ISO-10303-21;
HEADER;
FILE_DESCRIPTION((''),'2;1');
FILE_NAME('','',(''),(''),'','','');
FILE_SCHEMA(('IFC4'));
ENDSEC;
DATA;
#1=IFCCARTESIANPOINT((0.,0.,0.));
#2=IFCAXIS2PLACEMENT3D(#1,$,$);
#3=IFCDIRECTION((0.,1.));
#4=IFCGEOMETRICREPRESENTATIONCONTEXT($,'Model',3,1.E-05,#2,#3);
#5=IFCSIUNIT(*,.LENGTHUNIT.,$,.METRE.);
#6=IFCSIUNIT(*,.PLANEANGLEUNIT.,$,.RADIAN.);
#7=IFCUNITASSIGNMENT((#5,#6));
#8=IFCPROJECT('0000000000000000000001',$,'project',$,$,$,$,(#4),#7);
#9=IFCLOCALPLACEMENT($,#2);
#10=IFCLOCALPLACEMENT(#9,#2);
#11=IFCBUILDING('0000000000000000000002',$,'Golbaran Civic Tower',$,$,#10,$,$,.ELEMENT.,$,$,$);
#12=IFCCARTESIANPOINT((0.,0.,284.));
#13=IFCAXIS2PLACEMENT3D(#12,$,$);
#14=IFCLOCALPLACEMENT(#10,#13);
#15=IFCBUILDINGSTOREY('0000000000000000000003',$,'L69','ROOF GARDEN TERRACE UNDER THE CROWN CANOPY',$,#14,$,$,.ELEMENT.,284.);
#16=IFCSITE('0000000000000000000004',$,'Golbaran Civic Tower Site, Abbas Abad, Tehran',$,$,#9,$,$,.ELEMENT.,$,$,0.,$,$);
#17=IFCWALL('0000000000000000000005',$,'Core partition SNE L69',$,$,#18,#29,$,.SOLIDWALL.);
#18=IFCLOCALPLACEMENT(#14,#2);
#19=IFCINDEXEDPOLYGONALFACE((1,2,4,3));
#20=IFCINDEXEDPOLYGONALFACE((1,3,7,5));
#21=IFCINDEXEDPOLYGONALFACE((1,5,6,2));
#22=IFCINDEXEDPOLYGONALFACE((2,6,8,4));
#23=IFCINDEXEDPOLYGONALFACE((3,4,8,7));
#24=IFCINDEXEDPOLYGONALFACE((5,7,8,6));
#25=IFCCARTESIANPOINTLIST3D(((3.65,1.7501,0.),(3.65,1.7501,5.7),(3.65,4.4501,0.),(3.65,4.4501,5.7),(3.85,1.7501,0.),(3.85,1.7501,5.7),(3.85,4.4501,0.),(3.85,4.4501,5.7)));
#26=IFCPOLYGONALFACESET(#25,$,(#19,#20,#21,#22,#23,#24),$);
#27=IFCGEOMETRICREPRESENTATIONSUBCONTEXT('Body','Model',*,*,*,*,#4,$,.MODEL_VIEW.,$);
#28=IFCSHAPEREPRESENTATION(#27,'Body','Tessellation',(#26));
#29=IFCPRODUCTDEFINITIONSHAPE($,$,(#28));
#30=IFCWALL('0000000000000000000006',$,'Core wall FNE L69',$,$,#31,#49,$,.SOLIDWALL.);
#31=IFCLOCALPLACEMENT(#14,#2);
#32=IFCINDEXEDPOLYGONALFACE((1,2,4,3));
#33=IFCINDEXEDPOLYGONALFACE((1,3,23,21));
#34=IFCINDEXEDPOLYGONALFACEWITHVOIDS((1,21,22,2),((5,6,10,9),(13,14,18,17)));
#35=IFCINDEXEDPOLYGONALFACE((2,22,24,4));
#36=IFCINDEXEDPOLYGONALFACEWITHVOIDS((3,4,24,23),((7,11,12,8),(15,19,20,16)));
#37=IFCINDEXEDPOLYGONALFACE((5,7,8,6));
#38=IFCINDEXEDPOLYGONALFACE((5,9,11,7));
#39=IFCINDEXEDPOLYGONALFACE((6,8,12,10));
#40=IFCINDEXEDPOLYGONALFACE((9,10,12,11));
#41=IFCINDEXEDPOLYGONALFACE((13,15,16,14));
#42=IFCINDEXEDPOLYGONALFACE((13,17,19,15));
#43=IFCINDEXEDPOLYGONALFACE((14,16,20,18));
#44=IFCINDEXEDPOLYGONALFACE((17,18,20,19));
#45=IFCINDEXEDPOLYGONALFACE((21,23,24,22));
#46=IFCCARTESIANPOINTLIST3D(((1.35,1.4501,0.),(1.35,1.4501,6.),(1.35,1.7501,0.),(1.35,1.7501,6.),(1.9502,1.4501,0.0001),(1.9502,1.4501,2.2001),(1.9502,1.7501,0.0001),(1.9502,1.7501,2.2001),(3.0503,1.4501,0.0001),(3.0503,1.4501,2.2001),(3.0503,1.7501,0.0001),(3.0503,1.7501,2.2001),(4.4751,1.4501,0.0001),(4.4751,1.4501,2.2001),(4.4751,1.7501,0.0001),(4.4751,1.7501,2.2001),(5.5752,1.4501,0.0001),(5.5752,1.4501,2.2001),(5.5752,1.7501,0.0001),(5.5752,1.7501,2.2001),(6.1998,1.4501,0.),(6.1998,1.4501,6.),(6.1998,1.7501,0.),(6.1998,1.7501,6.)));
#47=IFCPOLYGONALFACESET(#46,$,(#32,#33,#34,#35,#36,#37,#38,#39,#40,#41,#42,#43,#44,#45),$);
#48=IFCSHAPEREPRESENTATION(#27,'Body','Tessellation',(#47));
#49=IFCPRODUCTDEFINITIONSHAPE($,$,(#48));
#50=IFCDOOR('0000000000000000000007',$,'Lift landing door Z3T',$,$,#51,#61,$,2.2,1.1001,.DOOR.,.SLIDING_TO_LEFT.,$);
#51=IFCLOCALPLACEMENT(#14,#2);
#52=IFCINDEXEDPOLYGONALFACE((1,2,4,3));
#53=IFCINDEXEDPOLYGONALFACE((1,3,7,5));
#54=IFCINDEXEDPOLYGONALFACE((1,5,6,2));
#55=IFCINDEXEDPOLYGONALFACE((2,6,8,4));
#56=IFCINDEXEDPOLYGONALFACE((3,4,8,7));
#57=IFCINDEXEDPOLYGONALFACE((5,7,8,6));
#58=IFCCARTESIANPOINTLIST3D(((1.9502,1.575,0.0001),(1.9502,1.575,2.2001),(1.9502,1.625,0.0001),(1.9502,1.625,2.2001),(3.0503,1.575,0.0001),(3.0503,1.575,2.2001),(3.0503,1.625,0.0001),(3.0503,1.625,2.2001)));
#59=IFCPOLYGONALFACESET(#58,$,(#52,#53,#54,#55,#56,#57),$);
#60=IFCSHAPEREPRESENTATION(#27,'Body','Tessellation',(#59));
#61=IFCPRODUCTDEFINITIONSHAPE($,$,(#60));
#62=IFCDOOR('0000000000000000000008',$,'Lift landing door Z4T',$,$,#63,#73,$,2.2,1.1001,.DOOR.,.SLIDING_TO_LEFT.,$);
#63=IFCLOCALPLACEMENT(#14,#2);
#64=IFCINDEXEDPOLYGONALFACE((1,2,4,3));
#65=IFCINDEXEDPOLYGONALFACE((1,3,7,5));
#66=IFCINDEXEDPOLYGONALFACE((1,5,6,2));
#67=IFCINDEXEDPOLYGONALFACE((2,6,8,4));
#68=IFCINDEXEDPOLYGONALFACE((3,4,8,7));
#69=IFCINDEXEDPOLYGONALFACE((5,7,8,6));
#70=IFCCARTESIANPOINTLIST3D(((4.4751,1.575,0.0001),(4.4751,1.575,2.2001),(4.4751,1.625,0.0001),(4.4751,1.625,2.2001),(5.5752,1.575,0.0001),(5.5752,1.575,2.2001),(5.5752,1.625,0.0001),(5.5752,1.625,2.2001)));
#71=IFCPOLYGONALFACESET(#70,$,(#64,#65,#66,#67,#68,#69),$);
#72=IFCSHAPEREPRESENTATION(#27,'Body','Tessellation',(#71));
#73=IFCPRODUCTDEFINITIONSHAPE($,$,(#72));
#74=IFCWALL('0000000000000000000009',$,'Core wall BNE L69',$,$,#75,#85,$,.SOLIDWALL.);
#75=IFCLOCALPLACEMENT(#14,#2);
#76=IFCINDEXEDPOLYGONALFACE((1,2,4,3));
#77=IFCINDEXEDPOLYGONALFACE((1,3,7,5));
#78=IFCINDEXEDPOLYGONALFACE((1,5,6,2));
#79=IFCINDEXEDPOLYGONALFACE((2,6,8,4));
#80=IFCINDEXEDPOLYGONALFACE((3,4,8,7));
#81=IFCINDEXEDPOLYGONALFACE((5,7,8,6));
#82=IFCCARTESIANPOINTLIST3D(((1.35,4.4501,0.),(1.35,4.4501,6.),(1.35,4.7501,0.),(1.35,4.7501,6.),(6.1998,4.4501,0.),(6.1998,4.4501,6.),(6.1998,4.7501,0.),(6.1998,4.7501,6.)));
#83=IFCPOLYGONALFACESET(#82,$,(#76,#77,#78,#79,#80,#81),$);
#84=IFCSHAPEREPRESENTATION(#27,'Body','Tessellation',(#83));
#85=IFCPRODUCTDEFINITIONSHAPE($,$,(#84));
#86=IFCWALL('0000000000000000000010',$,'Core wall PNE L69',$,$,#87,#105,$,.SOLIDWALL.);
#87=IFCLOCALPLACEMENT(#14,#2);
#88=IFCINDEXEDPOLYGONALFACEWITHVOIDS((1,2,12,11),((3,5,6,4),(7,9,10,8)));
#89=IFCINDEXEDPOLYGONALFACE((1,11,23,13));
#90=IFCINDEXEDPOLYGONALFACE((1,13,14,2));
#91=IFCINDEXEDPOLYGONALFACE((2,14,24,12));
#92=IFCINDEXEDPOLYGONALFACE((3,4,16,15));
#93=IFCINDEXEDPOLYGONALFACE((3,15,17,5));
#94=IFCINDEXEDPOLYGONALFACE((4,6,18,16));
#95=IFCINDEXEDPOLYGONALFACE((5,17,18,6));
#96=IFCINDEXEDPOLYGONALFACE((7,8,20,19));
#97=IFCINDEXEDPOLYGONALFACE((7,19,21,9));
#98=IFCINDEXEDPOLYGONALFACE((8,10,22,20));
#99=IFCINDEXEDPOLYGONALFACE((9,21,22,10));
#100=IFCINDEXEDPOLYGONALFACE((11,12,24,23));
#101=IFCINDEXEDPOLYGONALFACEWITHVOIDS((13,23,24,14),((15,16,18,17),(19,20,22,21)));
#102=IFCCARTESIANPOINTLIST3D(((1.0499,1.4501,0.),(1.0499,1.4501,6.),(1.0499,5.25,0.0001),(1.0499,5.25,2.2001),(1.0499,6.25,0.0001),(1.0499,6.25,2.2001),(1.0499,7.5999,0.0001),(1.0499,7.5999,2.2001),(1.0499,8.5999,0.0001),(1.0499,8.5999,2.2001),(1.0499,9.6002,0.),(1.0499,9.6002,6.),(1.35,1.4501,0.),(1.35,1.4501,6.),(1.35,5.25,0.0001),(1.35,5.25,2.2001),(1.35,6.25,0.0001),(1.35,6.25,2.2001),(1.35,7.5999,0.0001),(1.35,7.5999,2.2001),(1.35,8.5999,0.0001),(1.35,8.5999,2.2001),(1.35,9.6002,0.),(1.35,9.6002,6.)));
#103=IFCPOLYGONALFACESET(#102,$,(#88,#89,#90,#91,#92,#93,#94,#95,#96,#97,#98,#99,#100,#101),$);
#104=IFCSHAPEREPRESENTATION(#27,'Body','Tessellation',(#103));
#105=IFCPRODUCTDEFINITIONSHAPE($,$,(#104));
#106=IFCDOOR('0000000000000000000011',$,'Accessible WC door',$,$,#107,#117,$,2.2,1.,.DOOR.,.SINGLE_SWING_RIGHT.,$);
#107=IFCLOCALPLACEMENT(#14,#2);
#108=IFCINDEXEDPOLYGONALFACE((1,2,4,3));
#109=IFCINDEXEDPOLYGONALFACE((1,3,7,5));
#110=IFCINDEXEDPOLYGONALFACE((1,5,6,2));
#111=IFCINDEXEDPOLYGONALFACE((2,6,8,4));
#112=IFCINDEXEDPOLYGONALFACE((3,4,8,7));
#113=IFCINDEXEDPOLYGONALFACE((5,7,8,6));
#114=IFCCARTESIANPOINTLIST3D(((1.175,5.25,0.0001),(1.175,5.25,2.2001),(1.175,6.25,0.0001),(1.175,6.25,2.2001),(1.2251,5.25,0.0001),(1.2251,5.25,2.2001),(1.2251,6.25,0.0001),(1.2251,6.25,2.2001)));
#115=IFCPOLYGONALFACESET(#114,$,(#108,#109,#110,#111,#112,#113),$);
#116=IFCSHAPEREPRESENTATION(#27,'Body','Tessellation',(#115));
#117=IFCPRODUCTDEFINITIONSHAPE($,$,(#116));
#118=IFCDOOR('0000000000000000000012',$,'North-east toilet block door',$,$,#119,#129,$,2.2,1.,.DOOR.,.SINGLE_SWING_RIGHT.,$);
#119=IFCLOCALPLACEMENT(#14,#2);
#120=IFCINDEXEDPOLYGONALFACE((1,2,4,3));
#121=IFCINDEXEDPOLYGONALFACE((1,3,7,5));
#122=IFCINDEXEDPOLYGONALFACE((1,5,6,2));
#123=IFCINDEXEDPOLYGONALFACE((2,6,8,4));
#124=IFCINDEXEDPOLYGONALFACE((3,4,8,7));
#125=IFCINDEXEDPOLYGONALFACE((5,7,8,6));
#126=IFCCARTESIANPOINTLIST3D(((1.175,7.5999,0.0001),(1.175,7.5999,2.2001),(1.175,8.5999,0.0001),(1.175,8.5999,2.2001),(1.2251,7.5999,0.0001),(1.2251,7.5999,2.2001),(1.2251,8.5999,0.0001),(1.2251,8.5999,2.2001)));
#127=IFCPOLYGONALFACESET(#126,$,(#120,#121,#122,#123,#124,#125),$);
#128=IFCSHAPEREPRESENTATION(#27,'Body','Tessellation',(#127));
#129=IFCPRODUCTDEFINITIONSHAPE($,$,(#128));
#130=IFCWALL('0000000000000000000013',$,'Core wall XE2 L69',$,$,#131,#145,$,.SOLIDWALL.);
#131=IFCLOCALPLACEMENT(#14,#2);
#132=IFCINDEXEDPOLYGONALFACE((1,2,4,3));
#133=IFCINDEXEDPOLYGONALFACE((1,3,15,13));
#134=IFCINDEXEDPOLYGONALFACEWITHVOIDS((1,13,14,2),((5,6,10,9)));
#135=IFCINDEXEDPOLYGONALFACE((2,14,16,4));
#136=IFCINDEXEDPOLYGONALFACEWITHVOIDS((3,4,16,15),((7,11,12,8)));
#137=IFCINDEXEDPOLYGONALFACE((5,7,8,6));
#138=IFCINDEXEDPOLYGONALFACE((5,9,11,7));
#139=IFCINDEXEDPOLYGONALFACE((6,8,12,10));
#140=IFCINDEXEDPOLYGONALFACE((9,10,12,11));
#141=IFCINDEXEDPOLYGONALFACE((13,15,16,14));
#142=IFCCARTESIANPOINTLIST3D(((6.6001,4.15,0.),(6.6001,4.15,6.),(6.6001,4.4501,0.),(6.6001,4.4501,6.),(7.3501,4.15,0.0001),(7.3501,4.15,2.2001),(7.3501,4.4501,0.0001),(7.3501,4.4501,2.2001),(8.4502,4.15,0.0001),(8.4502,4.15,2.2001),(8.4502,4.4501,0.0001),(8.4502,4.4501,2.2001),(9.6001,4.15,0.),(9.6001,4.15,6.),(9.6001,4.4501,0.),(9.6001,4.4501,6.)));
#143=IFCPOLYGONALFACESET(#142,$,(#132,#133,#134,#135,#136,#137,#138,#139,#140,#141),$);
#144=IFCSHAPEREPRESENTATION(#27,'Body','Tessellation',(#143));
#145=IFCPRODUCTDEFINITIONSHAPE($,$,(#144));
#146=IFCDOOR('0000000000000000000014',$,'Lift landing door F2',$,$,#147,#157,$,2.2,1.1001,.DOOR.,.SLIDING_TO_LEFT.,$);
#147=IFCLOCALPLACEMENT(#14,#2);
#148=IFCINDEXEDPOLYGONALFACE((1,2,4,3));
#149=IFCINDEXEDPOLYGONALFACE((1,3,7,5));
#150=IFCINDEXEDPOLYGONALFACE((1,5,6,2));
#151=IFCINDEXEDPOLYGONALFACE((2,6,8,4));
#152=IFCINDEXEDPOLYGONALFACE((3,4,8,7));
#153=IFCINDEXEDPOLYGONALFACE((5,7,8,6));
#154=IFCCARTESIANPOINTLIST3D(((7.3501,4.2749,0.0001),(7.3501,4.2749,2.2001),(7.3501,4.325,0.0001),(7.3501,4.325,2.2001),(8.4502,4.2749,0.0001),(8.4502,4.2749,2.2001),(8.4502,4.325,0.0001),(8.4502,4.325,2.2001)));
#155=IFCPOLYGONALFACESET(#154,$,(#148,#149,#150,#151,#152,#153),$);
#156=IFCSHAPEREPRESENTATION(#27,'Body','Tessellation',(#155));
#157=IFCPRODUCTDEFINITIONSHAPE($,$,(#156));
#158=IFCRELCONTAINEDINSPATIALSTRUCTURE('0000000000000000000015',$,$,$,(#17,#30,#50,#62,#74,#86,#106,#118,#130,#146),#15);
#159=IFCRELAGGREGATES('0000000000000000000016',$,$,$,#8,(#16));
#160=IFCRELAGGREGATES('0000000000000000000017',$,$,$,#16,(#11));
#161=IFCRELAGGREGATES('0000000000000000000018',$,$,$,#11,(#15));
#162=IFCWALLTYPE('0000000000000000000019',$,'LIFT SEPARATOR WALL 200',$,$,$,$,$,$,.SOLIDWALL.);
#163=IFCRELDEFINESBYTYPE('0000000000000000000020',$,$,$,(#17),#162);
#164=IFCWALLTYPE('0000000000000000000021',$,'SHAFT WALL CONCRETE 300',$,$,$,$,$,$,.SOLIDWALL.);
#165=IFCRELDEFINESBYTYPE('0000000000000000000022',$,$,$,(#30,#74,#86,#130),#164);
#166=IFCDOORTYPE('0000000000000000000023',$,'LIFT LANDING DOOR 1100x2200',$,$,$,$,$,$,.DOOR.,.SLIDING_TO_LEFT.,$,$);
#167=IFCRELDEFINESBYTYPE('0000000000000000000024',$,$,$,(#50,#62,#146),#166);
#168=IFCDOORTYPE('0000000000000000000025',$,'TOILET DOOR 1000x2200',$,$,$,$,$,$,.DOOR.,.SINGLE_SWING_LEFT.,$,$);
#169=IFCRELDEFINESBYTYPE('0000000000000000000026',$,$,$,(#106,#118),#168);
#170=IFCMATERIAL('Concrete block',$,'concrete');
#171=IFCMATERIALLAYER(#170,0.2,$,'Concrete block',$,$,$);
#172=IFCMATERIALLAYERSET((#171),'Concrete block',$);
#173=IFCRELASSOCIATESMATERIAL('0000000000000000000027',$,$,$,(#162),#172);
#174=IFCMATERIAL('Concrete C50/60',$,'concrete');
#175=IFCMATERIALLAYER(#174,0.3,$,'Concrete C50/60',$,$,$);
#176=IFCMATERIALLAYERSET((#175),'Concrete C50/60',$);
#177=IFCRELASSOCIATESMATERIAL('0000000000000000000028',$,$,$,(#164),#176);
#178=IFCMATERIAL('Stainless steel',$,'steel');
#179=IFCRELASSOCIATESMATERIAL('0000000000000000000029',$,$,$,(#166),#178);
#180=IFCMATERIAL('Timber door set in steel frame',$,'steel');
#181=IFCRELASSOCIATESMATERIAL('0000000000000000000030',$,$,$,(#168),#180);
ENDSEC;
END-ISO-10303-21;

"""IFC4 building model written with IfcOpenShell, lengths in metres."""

from ifc_helpers import new_model, si_unit, direction, frame, frame_2d, origin, place, context, subcontext, project, spatial, rectangle, extrude, material, layer, layer_set, type_object, element, fill, save


model = new_model("IFC4")

# Units and contexts
model_context = context("Model", 3, precision=1e-05, world=origin(), true_north=direction((0.0, 1.0)))
body_context = subcontext(model_context, "Body", "Model", "MODEL_VIEW")
ifc_project = project(units=[si_unit("LENGTHUNIT", "METRE"), si_unit("PLANEANGLEUNIT", "RADIAN")], contexts=[model_context])

# Site, building, storey
site_placement = place(None, origin())
site = spatial("IfcSite", under=ifc_project, at=site_placement, Name="Golbaran Civic Tower Site, Abbas Abad, Tehran", CompositionType="ELEMENT", RefElevation=0.0)
building_placement = place(site_placement, origin())
building = spatial("IfcBuilding", under=site, at=building_placement, Name="Golbaran Civic Tower", CompositionType="ELEMENT")
storey_placement = place(building_placement, frame((0.0, 0.0, 284.0)))
storey = spatial("IfcBuildingStorey", under=building, at=storey_placement, Name="L69", Description="ROOF GARDEN TERRACE UNDER THE CROWN CANOPY", CompositionType="ELEMENT", Elevation=284.0)

# Shared definitions
ifc_material_1 = material(Name="Concrete block", Category="concrete")
ifc_material_2 = material(Name="Timber door set in steel frame", Category="steel")

# Wall
ifc_layer_1 = layer(ifc_material_1, 0.2, Name="Concrete block")
ifc_layer_set_1 = layer_set([ifc_layer_1], Name="Concrete block")
wall_type_1 = type_object("IfcWallType", Name="LIFT SEPARATOR WALL 200", PredefinedType="SOLIDWALL", material=ifc_layer_set_1)
wall_1_placement = place(storey_placement, frame((3.75, 1.75, 0.0), z_axis=(0.0, 0.0, 1.0), x_axis=(0.0, 1.0, 0.0)))
element("IfcWall", 1, at=wall_1_placement, inside=storey, type_object=wall_type_1, Name="Core partition SNE L69", PredefinedType="SOLIDWALL", context=body_context, shape_type="SweptSolid", body=[
    extrude(rectangle(XDim=2.7, YDim=0.2, at=frame_2d((1.3501, 0.0))), origin(), (0.0, 0.0, 1.0), 5.7),
])

# Wall, openings, doors
ifc_material_3 = material(Name="Concrete C50/60", Category="concrete")
ifc_layer_2 = layer(ifc_material_3, 0.3, Name="Concrete C50/60")
ifc_layer_set_2 = layer_set([ifc_layer_2], Name="Concrete C50/60")
wall_type_2 = type_object("IfcWallType", Name="SHAFT WALL CONCRETE 300", PredefinedType="SOLIDWALL", material=ifc_layer_set_2)
wall_2_placement = place(storey_placement, frame((1.3501, 1.6001, 0.0), z_axis=(0.0, 0.0, 1.0), x_axis=(1.0, 0.0, 0.0)))
wall_2 = element("IfcWall", 2, at=wall_2_placement, inside=storey, type_object=wall_type_2, Name="Core wall FNE L69", PredefinedType="SOLIDWALL", context=body_context, shape_type="SweptSolid", body=[
    extrude(rectangle(XDim=4.8499, YDim=0.3, at=frame_2d((2.4248, 0.0))), origin(), (0.0, 0.0, 1.0), 6.0),
])
opening_1_placement = place(wall_2_placement, frame((0.6001, 0.0, 0.0)))
opening_1 = element("IfcOpeningElement", 3, at=opening_1_placement, cuts=wall_2, PredefinedType="OPENING", context=body_context, shape_type="SweptSolid", body=[
    extrude(rectangle(XDim=1.1001, YDim=2.2, at=frame_2d((0.55, 1.1001))), frame((0.0, 0.1599, 0.0), z_axis=(0.0, -1.0, 0.0), x_axis=(1.0, 0.0, 0.0)), (0.0, 0.0, 1.0), 0.3201),
])
opening_2_placement = place(wall_2_placement, frame((3.125, 0.0, 0.0)))
opening_2 = element("IfcOpeningElement", 4, at=opening_2_placement, cuts=wall_2, PredefinedType="OPENING", context=body_context, shape_type="SweptSolid", body=[
    extrude(rectangle(XDim=1.1001, YDim=2.2, at=frame_2d((0.55, 1.1001))), frame((0.0, 0.1599, 0.0), z_axis=(0.0, -1.0, 0.0), x_axis=(1.0, 0.0, 0.0)), (0.0, 0.0, 1.0), 0.3201),
])
ifc_material_4 = material(Name="Stainless steel", Category="steel")
door_type_1 = type_object("IfcDoorType", Name="LIFT LANDING DOOR 1100x2200", OperationType="SLIDING_TO_LEFT", PredefinedType="DOOR", material=ifc_material_4)
door_1_placement = place(opening_1_placement, origin())
door_1 = element("IfcDoor", 5, at=door_1_placement, inside=storey, type_object=door_type_1, Name="Lift landing door Z3T", OperationType="SLIDING_TO_LEFT", OverallHeight=2.2, OverallWidth=1.1001, PredefinedType="DOOR", context=body_context, shape_type="SweptSolid", body=[
    extrude(rectangle(XDim=1.1001, YDim=2.2, at=frame_2d((0.55, 1.1001))), frame((0.0, 0.0249, 0.0), z_axis=(0.0, -1.0, 0.0), x_axis=(1.0, 0.0, 0.0)), (0.0, 0.0, 1.0), 0.05),
])
fill(opening_1, door_1)
door_2_placement = place(opening_2_placement, origin())
door_2 = element("IfcDoor", 6, at=door_2_placement, inside=storey, type_object=door_type_1, Name="Lift landing door Z4T", OperationType="SLIDING_TO_LEFT", OverallHeight=2.2, OverallWidth=1.1001, PredefinedType="DOOR", context=body_context, shape_type="SweptSolid", body=[
    extrude(rectangle(XDim=1.1001, YDim=2.2, at=frame_2d((0.55, 1.1001))), frame((0.0, 0.0249, 0.0), z_axis=(0.0, -1.0, 0.0), x_axis=(1.0, 0.0, 0.0)), (0.0, 0.0, 1.0), 0.05),
])
fill(opening_2, door_2)

# Wall
wall_3_placement = place(storey_placement, frame((1.3501, 4.6001, 0.0), z_axis=(0.0, 0.0, 1.0), x_axis=(1.0, 0.0, 0.0)))
element("IfcWall", 7, at=wall_3_placement, inside=storey, type_object=wall_type_2, Name="Core wall BNE L69", PredefinedType="SOLIDWALL", context=body_context, shape_type="SweptSolid", body=[
    extrude(rectangle(XDim=4.8499, YDim=0.3, at=frame_2d((2.4248, 0.0))), origin(), (0.0, 0.0, 1.0), 6.0),
])

# Wall, openings, doors
wall_4_placement = place(storey_placement, frame((1.2, 1.45, 0.0), z_axis=(0.0, 0.0, 1.0), x_axis=(0.0, 1.0, 0.0)))
wall_4 = element("IfcWall", 8, at=wall_4_placement, inside=storey, type_object=wall_type_2, Name="Core wall PNE L69", PredefinedType="SOLIDWALL", context=body_context, shape_type="SweptSolid", body=[
    extrude(rectangle(XDim=8.1501, YDim=0.3, at=frame_2d((4.0752, 0.0))), origin(), (0.0, 0.0, 1.0), 6.0),
])
opening_3_placement = place(wall_4_placement, frame((3.8, 0.0, 0.0)))
opening_3 = element("IfcOpeningElement", 9, at=opening_3_placement, cuts=wall_4, PredefinedType="OPENING", context=body_context, shape_type="SweptSolid", body=[
    extrude(rectangle(XDim=1.0, YDim=2.2, at=frame_2d((0.5, 1.1001))), frame((0.0, 0.1599, 0.0), z_axis=(0.0, -1.0, 0.0), x_axis=(1.0, 0.0, 0.0)), (0.0, 0.0, 1.0), 0.3201),
])
opening_4_placement = place(wall_4_placement, frame((6.1499, 0.0, 0.0)))
opening_4 = element("IfcOpeningElement", 10, at=opening_4_placement, cuts=wall_4, PredefinedType="OPENING", context=body_context, shape_type="SweptSolid", body=[
    extrude(rectangle(XDim=1.0, YDim=2.2, at=frame_2d((0.5, 1.1001))), frame((0.0, 0.1599, 0.0), z_axis=(0.0, -1.0, 0.0), x_axis=(1.0, 0.0, 0.0)), (0.0, 0.0, 1.0), 0.3201),
])
door_type_2 = type_object("IfcDoorType", Name="TOILET DOOR 1000x2200", OperationType="SINGLE_SWING_LEFT", PredefinedType="DOOR", material=ifc_material_2)
door_3_placement = place(opening_3_placement, origin())
door_3 = element("IfcDoor", 11, at=door_3_placement, inside=storey, type_object=door_type_2, Name="Accessible WC door", OperationType="SINGLE_SWING_RIGHT", OverallHeight=2.2, OverallWidth=1.0, PredefinedType="DOOR", context=body_context, shape_type="SweptSolid", body=[
    extrude(rectangle(XDim=1.0, YDim=2.2, at=frame_2d((0.5, 1.1001))), frame((0.0, 0.0249, 0.0), z_axis=(0.0, -1.0, 0.0), x_axis=(1.0, 0.0, 0.0)), (0.0, 0.0, 1.0), 0.05),
])
fill(opening_3, door_3)
door_4_placement = place(opening_4_placement, origin())
door_4 = element("IfcDoor", 12, at=door_4_placement, inside=storey, type_object=door_type_2, Name="North-east toilet block door", OperationType="SINGLE_SWING_RIGHT", OverallHeight=2.2, OverallWidth=1.0, PredefinedType="DOOR", context=body_context, shape_type="SweptSolid", body=[
    extrude(rectangle(XDim=1.0, YDim=2.2, at=frame_2d((0.5, 1.1001))), frame((0.0, 0.0249, 0.0), z_axis=(0.0, -1.0, 0.0), x_axis=(1.0, 0.0, 0.0)), (0.0, 0.0, 1.0), 0.05),
])
fill(opening_4, door_4)

# Wall, opening, door
wall_5_placement = place(storey_placement, frame((6.6001, 4.3, 0.0), z_axis=(0.0, 0.0, 1.0), x_axis=(1.0, 0.0, 0.0)))
wall_5 = element("IfcWall", 13, at=wall_5_placement, inside=storey, type_object=wall_type_2, Name="Core wall XE2 L69", PredefinedType="SOLIDWALL", context=body_context, shape_type="SweptSolid", body=[
    extrude(rectangle(XDim=3.0, YDim=0.3, at=frame_2d((1.5, 0.0))), origin(), (0.0, 0.0, 1.0), 6.0),
])
opening_5_placement = place(wall_5_placement, frame((0.75, 0.0, 0.0)))
opening_5 = element("IfcOpeningElement", 14, at=opening_5_placement, cuts=wall_5, PredefinedType="OPENING", context=body_context, shape_type="SweptSolid", body=[
    extrude(rectangle(XDim=1.1001, YDim=2.2, at=frame_2d((0.55, 1.1001))), frame((0.0, 0.1599, 0.0), z_axis=(0.0, -1.0, 0.0), x_axis=(1.0, 0.0, 0.0)), (0.0, 0.0, 1.0), 0.3201),
])
door_5_placement = place(opening_5_placement, origin())
door_5 = element("IfcDoor", 15, at=door_5_placement, inside=storey, type_object=door_type_1, Name="Lift landing door F2", OperationType="SLIDING_TO_LEFT", OverallHeight=2.2, OverallWidth=1.1001, PredefinedType="DOOR", context=body_context, shape_type="SweptSolid", body=[
    extrude(rectangle(XDim=1.1001, YDim=2.2, at=frame_2d((0.55, 1.1001))), frame((0.0, 0.0249, 0.0), z_axis=(0.0, -1.0, 0.0), x_axis=(1.0, 0.0, 0.0)), (0.0, 0.0, 1.0), 0.05),
])
fill(opening_5, door_5)

save(model, "model.ifc")
